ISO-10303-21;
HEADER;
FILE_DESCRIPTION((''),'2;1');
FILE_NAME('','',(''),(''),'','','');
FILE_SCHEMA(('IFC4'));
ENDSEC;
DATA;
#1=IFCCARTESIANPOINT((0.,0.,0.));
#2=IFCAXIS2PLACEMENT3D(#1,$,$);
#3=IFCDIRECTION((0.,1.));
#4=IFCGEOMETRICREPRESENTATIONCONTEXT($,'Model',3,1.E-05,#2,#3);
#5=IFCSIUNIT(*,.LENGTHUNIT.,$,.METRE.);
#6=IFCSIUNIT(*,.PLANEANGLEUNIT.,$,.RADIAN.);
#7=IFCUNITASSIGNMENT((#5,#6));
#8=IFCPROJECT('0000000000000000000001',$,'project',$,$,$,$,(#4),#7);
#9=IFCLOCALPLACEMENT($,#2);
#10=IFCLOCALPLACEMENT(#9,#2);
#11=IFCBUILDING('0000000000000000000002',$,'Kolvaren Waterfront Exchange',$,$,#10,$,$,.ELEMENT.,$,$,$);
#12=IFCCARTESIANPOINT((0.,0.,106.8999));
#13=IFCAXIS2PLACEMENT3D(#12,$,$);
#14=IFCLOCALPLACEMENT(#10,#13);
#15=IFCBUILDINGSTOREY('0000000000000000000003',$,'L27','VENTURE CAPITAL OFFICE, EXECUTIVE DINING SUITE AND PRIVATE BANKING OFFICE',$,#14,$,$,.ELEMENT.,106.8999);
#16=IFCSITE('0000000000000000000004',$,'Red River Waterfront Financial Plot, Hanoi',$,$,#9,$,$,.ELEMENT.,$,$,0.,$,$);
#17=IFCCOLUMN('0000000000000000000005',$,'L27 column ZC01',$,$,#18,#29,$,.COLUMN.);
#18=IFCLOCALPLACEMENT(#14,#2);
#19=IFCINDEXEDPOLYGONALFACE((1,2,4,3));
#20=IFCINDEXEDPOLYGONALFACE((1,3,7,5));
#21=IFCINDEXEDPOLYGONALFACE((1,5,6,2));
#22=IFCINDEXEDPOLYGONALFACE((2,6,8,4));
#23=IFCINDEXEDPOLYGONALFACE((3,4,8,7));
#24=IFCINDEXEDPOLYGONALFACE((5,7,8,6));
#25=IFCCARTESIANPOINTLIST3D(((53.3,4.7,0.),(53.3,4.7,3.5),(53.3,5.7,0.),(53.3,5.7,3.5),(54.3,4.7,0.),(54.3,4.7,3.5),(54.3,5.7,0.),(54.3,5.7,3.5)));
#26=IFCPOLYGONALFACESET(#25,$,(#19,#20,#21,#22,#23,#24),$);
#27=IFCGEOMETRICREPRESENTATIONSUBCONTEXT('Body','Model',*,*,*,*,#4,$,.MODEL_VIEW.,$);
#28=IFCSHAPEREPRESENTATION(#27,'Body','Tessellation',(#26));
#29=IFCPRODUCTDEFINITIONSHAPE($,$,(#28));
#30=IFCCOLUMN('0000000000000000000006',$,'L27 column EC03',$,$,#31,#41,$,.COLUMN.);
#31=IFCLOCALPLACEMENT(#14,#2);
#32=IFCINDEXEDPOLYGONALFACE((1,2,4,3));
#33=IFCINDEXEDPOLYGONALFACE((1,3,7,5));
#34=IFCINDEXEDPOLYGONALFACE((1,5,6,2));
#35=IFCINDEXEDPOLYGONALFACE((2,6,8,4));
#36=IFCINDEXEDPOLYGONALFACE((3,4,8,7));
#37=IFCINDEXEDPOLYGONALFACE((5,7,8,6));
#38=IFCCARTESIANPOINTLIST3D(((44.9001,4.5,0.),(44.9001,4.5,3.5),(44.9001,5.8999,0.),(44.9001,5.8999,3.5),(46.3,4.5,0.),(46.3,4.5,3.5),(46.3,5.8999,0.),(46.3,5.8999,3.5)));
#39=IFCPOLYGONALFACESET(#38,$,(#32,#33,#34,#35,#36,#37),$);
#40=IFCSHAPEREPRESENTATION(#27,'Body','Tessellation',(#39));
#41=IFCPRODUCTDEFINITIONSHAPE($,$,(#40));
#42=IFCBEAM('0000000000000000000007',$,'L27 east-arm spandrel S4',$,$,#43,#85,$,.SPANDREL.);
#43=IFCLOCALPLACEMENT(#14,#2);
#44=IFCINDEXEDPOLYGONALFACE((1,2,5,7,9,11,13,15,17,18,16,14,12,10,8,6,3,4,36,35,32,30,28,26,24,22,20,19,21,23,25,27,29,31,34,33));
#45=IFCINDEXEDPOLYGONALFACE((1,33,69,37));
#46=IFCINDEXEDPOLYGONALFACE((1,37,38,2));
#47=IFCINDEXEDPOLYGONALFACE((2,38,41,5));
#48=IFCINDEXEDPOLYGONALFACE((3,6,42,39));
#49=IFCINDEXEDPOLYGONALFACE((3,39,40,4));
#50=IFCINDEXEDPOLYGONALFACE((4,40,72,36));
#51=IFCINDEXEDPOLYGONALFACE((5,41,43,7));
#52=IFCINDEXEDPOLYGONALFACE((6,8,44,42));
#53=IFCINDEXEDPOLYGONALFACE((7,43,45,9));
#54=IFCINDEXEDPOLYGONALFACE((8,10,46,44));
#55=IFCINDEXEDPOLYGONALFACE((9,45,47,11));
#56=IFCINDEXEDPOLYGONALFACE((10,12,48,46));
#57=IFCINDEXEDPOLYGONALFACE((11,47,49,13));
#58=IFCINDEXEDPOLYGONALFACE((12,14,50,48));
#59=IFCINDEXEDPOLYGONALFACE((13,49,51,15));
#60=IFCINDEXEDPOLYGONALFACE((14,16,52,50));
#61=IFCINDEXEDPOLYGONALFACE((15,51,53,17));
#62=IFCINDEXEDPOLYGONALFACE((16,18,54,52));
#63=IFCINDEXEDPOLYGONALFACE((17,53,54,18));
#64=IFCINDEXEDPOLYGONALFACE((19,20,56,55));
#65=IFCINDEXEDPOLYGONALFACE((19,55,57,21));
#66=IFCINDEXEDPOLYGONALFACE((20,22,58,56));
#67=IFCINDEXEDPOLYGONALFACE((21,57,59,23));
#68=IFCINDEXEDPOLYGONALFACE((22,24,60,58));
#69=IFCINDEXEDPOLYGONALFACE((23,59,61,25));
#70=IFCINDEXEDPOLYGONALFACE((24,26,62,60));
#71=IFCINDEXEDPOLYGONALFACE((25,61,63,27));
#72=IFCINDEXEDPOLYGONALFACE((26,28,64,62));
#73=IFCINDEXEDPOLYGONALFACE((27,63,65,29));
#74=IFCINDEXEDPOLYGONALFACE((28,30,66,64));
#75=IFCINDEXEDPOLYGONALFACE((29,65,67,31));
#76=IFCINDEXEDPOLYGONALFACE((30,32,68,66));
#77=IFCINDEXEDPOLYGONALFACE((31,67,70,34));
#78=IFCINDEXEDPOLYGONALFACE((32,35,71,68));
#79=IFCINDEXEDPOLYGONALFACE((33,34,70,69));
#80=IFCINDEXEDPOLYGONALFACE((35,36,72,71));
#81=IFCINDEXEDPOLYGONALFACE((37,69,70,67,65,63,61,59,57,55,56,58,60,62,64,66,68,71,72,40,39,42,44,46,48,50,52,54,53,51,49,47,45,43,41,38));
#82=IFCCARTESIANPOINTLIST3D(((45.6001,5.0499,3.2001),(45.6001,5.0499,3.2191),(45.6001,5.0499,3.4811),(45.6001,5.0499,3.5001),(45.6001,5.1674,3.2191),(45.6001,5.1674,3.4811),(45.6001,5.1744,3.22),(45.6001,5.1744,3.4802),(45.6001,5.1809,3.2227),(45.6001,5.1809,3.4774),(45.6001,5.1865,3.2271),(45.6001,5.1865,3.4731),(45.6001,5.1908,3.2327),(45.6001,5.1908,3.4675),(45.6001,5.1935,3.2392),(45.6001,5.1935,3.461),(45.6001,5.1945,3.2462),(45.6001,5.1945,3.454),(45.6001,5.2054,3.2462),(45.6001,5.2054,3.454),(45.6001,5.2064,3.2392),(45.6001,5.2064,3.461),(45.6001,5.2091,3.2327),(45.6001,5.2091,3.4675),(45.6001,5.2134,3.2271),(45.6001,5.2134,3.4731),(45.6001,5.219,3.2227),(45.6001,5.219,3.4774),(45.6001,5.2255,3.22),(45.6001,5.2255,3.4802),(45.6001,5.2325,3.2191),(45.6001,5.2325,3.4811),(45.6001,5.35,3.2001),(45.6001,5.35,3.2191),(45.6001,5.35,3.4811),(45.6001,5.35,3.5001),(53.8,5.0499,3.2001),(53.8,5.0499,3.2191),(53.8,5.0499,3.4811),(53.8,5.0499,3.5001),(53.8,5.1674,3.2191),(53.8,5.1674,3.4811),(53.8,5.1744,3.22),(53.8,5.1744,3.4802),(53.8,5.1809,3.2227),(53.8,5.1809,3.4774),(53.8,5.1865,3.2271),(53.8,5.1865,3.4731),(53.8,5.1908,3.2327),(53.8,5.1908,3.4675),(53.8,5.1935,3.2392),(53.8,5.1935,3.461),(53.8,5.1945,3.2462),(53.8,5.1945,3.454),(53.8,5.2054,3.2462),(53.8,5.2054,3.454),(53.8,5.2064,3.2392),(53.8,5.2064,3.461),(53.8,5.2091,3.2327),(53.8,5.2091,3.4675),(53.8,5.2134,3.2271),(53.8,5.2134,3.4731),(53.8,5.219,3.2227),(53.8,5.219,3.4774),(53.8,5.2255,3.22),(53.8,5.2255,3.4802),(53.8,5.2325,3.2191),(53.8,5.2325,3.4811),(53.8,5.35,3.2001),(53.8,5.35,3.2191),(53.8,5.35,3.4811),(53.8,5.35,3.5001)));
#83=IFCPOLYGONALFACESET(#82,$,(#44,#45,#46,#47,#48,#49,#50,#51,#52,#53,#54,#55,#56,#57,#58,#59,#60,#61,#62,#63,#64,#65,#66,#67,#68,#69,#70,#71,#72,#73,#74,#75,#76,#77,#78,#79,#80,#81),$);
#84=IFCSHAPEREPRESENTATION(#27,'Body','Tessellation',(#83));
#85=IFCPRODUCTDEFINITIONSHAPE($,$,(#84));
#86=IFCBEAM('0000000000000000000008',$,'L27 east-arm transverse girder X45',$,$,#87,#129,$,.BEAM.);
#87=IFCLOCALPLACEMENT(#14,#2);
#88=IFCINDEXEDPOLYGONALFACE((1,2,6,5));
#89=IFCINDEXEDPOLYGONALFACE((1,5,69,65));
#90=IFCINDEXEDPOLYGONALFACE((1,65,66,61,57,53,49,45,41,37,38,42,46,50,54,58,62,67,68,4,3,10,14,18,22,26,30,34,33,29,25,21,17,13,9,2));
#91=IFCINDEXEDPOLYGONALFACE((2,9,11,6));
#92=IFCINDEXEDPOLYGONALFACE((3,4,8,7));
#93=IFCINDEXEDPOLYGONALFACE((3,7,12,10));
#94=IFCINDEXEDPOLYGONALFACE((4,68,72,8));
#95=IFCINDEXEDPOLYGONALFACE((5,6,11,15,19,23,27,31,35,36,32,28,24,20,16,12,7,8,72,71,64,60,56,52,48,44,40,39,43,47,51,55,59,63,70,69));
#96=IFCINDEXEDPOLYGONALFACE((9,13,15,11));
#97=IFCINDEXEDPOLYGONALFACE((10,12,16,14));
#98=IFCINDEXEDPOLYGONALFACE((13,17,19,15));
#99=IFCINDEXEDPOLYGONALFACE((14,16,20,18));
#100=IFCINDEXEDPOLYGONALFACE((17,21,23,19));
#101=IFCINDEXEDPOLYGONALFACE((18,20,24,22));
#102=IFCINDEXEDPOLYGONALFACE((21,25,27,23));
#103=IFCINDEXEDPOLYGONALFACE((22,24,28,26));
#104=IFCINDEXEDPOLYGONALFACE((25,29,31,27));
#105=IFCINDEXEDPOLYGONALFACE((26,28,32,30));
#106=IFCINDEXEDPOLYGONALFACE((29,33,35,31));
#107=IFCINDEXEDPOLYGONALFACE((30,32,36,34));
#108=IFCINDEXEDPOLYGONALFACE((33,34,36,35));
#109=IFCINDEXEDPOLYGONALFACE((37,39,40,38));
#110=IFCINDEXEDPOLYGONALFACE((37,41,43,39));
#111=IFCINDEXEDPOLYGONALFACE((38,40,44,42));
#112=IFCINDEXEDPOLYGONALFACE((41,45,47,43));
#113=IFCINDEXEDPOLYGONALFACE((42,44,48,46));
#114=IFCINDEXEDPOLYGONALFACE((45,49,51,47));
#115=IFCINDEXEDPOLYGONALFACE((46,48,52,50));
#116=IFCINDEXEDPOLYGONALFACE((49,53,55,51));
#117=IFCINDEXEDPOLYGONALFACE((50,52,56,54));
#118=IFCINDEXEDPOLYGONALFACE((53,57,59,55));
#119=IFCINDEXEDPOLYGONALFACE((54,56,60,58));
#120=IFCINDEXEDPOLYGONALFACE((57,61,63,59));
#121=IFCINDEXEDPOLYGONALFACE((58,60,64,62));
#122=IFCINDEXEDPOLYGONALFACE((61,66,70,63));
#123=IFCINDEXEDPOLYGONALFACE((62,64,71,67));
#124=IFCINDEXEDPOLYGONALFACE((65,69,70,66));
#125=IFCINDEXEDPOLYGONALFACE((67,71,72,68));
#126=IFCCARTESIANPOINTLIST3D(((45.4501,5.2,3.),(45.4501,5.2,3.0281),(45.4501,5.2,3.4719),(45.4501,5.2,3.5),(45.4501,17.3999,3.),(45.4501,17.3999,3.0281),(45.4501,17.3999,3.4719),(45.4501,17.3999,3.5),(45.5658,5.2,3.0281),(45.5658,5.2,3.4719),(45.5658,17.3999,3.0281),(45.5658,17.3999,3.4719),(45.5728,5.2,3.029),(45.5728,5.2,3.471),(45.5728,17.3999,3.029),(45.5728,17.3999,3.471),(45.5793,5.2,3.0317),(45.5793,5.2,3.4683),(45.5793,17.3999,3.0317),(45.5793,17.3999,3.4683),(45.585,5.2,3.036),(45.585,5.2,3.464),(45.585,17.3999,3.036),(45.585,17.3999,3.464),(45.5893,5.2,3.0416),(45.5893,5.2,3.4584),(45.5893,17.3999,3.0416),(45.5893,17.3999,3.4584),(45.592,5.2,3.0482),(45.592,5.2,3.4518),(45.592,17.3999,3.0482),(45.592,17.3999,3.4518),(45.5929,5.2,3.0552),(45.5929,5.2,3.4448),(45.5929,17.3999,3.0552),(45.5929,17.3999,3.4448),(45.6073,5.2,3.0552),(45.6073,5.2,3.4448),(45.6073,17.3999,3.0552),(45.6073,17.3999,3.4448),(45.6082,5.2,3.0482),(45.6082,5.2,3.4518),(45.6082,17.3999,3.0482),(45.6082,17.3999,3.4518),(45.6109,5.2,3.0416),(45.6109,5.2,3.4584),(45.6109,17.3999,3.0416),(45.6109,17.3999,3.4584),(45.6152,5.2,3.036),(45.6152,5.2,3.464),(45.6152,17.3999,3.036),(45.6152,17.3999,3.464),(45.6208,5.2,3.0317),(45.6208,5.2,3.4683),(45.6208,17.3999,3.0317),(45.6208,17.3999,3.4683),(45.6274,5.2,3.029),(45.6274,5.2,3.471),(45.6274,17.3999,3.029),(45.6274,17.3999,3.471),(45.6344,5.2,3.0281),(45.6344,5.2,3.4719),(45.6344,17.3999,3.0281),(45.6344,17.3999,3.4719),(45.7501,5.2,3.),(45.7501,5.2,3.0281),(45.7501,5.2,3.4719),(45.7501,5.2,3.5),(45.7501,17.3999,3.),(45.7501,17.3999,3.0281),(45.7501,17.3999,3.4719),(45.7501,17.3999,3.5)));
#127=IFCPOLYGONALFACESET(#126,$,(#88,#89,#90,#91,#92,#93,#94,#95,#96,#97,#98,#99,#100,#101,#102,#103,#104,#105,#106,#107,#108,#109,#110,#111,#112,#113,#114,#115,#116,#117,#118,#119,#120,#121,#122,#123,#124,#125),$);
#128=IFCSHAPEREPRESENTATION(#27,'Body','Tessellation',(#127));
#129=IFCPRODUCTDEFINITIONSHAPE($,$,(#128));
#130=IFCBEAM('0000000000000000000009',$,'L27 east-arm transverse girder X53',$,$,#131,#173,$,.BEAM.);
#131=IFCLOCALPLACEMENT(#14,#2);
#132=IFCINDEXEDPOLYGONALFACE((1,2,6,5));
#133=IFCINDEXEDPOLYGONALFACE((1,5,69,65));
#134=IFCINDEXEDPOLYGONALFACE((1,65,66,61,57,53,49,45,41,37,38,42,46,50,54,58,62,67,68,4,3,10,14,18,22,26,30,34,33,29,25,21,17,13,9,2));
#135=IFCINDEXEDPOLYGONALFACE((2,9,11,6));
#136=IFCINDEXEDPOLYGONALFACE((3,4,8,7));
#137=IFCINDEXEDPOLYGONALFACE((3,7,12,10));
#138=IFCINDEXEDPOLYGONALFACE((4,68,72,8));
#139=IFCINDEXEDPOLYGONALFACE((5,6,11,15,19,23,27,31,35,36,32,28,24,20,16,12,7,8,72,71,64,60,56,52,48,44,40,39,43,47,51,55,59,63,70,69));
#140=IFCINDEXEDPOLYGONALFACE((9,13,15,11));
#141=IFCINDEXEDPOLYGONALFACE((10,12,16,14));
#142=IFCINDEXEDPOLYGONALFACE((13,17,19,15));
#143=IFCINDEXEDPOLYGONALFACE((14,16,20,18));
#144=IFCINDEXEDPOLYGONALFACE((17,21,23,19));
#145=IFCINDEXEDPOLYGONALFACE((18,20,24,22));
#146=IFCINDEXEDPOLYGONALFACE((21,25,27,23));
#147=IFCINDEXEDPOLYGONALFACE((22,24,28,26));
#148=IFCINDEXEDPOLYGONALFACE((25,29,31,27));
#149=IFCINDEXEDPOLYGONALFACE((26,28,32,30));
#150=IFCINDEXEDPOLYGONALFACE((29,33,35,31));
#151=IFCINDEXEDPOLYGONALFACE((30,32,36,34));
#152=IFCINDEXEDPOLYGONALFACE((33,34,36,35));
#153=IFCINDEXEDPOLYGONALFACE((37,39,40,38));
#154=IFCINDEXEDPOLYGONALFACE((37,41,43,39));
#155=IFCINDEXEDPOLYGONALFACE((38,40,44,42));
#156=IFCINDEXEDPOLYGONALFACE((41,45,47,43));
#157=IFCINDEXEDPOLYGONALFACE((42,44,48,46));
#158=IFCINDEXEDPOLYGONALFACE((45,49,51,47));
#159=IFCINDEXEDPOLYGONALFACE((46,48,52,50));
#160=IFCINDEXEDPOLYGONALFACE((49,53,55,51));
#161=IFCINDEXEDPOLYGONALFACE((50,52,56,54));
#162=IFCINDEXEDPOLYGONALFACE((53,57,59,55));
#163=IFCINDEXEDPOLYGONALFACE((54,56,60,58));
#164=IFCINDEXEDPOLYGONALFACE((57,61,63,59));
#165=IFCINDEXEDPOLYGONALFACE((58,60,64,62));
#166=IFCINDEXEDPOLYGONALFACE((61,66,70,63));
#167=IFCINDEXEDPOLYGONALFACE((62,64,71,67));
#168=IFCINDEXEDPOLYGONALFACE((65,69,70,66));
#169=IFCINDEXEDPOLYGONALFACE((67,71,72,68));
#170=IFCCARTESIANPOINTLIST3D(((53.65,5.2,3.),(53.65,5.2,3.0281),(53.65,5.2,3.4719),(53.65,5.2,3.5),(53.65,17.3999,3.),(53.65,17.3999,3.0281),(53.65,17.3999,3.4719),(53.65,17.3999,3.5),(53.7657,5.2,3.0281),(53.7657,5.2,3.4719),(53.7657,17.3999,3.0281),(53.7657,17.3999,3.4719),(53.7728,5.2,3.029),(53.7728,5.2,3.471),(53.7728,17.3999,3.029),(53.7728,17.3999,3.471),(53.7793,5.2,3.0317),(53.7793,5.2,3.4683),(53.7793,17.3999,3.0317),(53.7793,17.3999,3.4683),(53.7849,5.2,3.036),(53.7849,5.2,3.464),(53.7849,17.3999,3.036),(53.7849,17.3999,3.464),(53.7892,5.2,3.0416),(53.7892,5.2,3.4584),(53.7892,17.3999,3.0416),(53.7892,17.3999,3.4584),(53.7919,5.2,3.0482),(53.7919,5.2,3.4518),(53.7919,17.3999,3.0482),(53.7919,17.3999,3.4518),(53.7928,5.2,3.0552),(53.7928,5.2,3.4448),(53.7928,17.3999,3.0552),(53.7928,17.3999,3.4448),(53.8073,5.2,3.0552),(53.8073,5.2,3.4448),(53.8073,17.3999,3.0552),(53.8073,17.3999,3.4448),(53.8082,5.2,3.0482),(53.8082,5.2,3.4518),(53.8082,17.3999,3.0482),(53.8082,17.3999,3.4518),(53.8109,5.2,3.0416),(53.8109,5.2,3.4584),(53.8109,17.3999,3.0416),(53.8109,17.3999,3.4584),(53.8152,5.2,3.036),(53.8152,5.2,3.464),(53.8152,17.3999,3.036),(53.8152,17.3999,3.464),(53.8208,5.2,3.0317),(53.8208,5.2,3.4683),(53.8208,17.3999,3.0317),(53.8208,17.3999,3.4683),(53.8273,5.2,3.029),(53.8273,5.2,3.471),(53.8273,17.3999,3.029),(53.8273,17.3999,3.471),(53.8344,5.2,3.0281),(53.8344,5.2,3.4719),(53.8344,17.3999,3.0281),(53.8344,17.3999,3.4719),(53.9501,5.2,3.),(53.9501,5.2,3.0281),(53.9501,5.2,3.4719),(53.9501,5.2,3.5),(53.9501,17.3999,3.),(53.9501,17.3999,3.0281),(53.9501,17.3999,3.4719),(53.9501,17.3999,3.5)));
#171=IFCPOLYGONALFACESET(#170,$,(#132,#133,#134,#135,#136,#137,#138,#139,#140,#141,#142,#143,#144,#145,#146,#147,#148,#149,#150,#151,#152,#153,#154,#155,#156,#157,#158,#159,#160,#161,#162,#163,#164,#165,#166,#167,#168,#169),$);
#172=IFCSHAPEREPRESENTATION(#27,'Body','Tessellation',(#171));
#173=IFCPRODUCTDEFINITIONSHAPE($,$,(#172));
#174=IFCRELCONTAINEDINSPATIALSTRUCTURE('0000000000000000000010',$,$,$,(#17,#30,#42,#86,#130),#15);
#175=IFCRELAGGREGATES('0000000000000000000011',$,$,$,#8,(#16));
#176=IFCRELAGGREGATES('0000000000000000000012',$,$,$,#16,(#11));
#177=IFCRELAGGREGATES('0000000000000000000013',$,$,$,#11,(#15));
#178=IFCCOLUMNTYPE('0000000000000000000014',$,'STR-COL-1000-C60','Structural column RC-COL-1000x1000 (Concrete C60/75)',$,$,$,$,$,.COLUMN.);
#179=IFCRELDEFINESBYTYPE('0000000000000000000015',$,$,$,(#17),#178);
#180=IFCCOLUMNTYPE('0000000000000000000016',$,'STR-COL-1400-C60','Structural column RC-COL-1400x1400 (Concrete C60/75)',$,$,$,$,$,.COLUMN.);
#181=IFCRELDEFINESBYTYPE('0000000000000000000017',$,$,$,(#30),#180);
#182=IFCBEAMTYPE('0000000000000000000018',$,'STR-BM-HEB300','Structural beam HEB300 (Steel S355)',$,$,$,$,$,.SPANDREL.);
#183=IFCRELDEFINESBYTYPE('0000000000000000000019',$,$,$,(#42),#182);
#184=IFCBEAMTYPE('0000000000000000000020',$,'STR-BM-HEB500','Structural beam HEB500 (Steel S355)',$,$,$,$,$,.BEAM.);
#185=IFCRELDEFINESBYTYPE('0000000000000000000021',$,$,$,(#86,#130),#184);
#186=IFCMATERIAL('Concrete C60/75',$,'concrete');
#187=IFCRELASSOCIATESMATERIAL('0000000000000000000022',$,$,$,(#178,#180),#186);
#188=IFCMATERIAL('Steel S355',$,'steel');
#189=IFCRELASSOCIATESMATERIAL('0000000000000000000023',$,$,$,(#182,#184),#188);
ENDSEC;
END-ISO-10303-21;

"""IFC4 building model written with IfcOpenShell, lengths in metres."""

from ifc_helpers import new_model, si_unit, direction, frame, origin, origin_2d, place, context, subcontext, project, spatial, rectangle, i_section, extrude, material, material_profile, profile_set, type_object, element, save


model = new_model("IFC4")

# Units and contexts
model_context = context("Model", 3, precision=1e-05, world=origin(), true_north=direction((0.0, 1.0)))
body_context = subcontext(model_context, "Body", "Model", "MODEL_VIEW")
ifc_project = project(units=[si_unit("LENGTHUNIT", "METRE"), si_unit("PLANEANGLEUNIT", "RADIAN")], contexts=[model_context])

# Site, building, storey
site_placement = place(None, origin())
site = spatial("IfcSite", under=ifc_project, at=site_placement, Name="Red River Waterfront Financial Plot, Hanoi", CompositionType="ELEMENT", RefElevation=0.0)
building_placement = place(site_placement, origin())
building = spatial("IfcBuilding", under=site, at=building_placement, Name="Kolvaren Waterfront Exchange", CompositionType="ELEMENT")
storey_placement = place(building_placement, frame((0.0, 0.0, 106.8999)))
storey = spatial("IfcBuildingStorey", under=building, at=storey_placement, Name="L27", Description="VENTURE CAPITAL OFFICE, EXECUTIVE DINING SUITE AND PRIVATE BANKING OFFICE", CompositionType="ELEMENT", Elevation=106.8999)

# Columns
ifc_material_1 = material(Name="Concrete C60/75", Category="concrete")
ifc_material_profile_1 = material_profile(ifc_material_1, rectangle(XDim=1.0, YDim=1.0, at=origin_2d()), Name="RC-COL-1000x1000")
ifc_profile_set_1 = profile_set([ifc_material_profile_1], Name="Concrete C60/75")
column_type_1 = type_object("IfcColumnType", Name="STR-COL-1000-C60", Description="Structural column RC-COL-1000x1000 (Concrete C60/75)", PredefinedType="COLUMN", material=ifc_profile_set_1)
column_1_placement = place(storey_placement, frame((53.8, 5.2, 0.0), z_axis=(0.0, 0.0, 1.0), x_axis=(1.0, 0.0, 0.0)))
element("IfcColumn", 1, at=column_1_placement, inside=storey, type_object=column_type_1, Name="L27 column ZC01", PredefinedType="COLUMN", context=body_context, shape_type="SweptSolid", body=[
    extrude(rectangle(XDim=1.0, YDim=1.0, at=origin_2d()), origin(), (0.0, 0.0, 1.0), 3.5),
])
ifc_material_profile_2 = material_profile(ifc_material_1, rectangle(XDim=1.3999, YDim=1.3999, at=origin_2d()), Name="RC-COL-1400x1400")
ifc_profile_set_2 = profile_set([ifc_material_profile_2], Name="Concrete C60/75")
column_type_2 = type_object("IfcColumnType", Name="STR-COL-1400-C60", Description="Structural column RC-COL-1400x1400 (Concrete C60/75)", PredefinedType="COLUMN", material=ifc_profile_set_2)
column_2_placement = place(storey_placement, frame((45.6001, 5.2, 0.0), z_axis=(0.0, 0.0, 1.0), x_axis=(1.0, 0.0, 0.0)))
element("IfcColumn", 2, at=column_2_placement, inside=storey, type_object=column_type_2, Name="L27 column EC03", PredefinedType="COLUMN", context=body_context, shape_type="SweptSolid", body=[
    extrude(rectangle(XDim=1.3999, YDim=1.3999, at=origin_2d()), origin(), (0.0, 0.0, 1.0), 3.5),
])

# Beams
ifc_material_2 = material(Name="Steel S355", Category="steel")
ifc_material_profile_3 = material_profile(ifc_material_2, i_section(OverallWidth=0.3, OverallDepth=0.3, WebThickness=0.011, FlangeThickness=0.019, FilletRadius=0.0271, at=origin_2d()), Name="HEB300")
ifc_profile_set_3 = profile_set([ifc_material_profile_3], Name="Steel S355")
beam_type_1 = type_object("IfcBeamType", Name="STR-BM-HEB300", Description="Structural beam HEB300 (Steel S355)", PredefinedType="SPANDREL", material=ifc_profile_set_3)
beam_1_placement = place(storey_placement, frame((45.6001, 5.2, 3.3501), z_axis=(1.0, 0.0, 0.0), x_axis=(0.0, 1.0, 0.0)))
element("IfcBeam", 3, at=beam_1_placement, inside=storey, type_object=beam_type_1, Name="L27 east-arm spandrel S4", PredefinedType="SPANDREL", context=body_context, shape_type="SweptSolid", body=[
    extrude(i_section(OverallWidth=0.3, OverallDepth=0.3, WebThickness=0.011, FlangeThickness=0.019, FilletRadius=0.0271, at=origin_2d()), origin(), (0.0, 0.0, 1.0), 8.2),
])
ifc_material_profile_4 = material_profile(ifc_material_2, i_section(OverallWidth=0.3, OverallDepth=0.5, WebThickness=0.0144, FlangeThickness=0.0281, FilletRadius=0.0271, at=origin_2d()), Name="HEB500")
ifc_profile_set_4 = profile_set([ifc_material_profile_4], Name="Steel S355")
beam_type_2 = type_object("IfcBeamType", Name="STR-BM-HEB500", Description="Structural beam HEB500 (Steel S355)", PredefinedType="BEAM", material=ifc_profile_set_4)
for number, where, z_axis, x_axis, name in (
    (4, (45.6001, 5.2, 3.25), (0.0, 1.0, 0.0), (-1.0, 0.0, 0.0), "L27 east-arm transverse girder X45"),
    (5, (53.8, 5.2, 3.25), (0.0, 1.0, 0.0), (-1.0, 0.0, 0.0), "L27 east-arm transverse girder X53"),
):
    element("IfcBeam", number, at=place(storey_placement, frame(where, z_axis=z_axis, x_axis=x_axis)), inside=storey, type_object=beam_type_2, Name=name, PredefinedType="BEAM", context=body_context, shape_type="SweptSolid", body=[
        extrude(i_section(OverallWidth=0.3, OverallDepth=0.5, WebThickness=0.0144, FlangeThickness=0.0281, FilletRadius=0.0271, at=origin_2d()), origin(), (0.0, 0.0, 1.0), 12.2),
    ])

save(model, "model.ifc")
